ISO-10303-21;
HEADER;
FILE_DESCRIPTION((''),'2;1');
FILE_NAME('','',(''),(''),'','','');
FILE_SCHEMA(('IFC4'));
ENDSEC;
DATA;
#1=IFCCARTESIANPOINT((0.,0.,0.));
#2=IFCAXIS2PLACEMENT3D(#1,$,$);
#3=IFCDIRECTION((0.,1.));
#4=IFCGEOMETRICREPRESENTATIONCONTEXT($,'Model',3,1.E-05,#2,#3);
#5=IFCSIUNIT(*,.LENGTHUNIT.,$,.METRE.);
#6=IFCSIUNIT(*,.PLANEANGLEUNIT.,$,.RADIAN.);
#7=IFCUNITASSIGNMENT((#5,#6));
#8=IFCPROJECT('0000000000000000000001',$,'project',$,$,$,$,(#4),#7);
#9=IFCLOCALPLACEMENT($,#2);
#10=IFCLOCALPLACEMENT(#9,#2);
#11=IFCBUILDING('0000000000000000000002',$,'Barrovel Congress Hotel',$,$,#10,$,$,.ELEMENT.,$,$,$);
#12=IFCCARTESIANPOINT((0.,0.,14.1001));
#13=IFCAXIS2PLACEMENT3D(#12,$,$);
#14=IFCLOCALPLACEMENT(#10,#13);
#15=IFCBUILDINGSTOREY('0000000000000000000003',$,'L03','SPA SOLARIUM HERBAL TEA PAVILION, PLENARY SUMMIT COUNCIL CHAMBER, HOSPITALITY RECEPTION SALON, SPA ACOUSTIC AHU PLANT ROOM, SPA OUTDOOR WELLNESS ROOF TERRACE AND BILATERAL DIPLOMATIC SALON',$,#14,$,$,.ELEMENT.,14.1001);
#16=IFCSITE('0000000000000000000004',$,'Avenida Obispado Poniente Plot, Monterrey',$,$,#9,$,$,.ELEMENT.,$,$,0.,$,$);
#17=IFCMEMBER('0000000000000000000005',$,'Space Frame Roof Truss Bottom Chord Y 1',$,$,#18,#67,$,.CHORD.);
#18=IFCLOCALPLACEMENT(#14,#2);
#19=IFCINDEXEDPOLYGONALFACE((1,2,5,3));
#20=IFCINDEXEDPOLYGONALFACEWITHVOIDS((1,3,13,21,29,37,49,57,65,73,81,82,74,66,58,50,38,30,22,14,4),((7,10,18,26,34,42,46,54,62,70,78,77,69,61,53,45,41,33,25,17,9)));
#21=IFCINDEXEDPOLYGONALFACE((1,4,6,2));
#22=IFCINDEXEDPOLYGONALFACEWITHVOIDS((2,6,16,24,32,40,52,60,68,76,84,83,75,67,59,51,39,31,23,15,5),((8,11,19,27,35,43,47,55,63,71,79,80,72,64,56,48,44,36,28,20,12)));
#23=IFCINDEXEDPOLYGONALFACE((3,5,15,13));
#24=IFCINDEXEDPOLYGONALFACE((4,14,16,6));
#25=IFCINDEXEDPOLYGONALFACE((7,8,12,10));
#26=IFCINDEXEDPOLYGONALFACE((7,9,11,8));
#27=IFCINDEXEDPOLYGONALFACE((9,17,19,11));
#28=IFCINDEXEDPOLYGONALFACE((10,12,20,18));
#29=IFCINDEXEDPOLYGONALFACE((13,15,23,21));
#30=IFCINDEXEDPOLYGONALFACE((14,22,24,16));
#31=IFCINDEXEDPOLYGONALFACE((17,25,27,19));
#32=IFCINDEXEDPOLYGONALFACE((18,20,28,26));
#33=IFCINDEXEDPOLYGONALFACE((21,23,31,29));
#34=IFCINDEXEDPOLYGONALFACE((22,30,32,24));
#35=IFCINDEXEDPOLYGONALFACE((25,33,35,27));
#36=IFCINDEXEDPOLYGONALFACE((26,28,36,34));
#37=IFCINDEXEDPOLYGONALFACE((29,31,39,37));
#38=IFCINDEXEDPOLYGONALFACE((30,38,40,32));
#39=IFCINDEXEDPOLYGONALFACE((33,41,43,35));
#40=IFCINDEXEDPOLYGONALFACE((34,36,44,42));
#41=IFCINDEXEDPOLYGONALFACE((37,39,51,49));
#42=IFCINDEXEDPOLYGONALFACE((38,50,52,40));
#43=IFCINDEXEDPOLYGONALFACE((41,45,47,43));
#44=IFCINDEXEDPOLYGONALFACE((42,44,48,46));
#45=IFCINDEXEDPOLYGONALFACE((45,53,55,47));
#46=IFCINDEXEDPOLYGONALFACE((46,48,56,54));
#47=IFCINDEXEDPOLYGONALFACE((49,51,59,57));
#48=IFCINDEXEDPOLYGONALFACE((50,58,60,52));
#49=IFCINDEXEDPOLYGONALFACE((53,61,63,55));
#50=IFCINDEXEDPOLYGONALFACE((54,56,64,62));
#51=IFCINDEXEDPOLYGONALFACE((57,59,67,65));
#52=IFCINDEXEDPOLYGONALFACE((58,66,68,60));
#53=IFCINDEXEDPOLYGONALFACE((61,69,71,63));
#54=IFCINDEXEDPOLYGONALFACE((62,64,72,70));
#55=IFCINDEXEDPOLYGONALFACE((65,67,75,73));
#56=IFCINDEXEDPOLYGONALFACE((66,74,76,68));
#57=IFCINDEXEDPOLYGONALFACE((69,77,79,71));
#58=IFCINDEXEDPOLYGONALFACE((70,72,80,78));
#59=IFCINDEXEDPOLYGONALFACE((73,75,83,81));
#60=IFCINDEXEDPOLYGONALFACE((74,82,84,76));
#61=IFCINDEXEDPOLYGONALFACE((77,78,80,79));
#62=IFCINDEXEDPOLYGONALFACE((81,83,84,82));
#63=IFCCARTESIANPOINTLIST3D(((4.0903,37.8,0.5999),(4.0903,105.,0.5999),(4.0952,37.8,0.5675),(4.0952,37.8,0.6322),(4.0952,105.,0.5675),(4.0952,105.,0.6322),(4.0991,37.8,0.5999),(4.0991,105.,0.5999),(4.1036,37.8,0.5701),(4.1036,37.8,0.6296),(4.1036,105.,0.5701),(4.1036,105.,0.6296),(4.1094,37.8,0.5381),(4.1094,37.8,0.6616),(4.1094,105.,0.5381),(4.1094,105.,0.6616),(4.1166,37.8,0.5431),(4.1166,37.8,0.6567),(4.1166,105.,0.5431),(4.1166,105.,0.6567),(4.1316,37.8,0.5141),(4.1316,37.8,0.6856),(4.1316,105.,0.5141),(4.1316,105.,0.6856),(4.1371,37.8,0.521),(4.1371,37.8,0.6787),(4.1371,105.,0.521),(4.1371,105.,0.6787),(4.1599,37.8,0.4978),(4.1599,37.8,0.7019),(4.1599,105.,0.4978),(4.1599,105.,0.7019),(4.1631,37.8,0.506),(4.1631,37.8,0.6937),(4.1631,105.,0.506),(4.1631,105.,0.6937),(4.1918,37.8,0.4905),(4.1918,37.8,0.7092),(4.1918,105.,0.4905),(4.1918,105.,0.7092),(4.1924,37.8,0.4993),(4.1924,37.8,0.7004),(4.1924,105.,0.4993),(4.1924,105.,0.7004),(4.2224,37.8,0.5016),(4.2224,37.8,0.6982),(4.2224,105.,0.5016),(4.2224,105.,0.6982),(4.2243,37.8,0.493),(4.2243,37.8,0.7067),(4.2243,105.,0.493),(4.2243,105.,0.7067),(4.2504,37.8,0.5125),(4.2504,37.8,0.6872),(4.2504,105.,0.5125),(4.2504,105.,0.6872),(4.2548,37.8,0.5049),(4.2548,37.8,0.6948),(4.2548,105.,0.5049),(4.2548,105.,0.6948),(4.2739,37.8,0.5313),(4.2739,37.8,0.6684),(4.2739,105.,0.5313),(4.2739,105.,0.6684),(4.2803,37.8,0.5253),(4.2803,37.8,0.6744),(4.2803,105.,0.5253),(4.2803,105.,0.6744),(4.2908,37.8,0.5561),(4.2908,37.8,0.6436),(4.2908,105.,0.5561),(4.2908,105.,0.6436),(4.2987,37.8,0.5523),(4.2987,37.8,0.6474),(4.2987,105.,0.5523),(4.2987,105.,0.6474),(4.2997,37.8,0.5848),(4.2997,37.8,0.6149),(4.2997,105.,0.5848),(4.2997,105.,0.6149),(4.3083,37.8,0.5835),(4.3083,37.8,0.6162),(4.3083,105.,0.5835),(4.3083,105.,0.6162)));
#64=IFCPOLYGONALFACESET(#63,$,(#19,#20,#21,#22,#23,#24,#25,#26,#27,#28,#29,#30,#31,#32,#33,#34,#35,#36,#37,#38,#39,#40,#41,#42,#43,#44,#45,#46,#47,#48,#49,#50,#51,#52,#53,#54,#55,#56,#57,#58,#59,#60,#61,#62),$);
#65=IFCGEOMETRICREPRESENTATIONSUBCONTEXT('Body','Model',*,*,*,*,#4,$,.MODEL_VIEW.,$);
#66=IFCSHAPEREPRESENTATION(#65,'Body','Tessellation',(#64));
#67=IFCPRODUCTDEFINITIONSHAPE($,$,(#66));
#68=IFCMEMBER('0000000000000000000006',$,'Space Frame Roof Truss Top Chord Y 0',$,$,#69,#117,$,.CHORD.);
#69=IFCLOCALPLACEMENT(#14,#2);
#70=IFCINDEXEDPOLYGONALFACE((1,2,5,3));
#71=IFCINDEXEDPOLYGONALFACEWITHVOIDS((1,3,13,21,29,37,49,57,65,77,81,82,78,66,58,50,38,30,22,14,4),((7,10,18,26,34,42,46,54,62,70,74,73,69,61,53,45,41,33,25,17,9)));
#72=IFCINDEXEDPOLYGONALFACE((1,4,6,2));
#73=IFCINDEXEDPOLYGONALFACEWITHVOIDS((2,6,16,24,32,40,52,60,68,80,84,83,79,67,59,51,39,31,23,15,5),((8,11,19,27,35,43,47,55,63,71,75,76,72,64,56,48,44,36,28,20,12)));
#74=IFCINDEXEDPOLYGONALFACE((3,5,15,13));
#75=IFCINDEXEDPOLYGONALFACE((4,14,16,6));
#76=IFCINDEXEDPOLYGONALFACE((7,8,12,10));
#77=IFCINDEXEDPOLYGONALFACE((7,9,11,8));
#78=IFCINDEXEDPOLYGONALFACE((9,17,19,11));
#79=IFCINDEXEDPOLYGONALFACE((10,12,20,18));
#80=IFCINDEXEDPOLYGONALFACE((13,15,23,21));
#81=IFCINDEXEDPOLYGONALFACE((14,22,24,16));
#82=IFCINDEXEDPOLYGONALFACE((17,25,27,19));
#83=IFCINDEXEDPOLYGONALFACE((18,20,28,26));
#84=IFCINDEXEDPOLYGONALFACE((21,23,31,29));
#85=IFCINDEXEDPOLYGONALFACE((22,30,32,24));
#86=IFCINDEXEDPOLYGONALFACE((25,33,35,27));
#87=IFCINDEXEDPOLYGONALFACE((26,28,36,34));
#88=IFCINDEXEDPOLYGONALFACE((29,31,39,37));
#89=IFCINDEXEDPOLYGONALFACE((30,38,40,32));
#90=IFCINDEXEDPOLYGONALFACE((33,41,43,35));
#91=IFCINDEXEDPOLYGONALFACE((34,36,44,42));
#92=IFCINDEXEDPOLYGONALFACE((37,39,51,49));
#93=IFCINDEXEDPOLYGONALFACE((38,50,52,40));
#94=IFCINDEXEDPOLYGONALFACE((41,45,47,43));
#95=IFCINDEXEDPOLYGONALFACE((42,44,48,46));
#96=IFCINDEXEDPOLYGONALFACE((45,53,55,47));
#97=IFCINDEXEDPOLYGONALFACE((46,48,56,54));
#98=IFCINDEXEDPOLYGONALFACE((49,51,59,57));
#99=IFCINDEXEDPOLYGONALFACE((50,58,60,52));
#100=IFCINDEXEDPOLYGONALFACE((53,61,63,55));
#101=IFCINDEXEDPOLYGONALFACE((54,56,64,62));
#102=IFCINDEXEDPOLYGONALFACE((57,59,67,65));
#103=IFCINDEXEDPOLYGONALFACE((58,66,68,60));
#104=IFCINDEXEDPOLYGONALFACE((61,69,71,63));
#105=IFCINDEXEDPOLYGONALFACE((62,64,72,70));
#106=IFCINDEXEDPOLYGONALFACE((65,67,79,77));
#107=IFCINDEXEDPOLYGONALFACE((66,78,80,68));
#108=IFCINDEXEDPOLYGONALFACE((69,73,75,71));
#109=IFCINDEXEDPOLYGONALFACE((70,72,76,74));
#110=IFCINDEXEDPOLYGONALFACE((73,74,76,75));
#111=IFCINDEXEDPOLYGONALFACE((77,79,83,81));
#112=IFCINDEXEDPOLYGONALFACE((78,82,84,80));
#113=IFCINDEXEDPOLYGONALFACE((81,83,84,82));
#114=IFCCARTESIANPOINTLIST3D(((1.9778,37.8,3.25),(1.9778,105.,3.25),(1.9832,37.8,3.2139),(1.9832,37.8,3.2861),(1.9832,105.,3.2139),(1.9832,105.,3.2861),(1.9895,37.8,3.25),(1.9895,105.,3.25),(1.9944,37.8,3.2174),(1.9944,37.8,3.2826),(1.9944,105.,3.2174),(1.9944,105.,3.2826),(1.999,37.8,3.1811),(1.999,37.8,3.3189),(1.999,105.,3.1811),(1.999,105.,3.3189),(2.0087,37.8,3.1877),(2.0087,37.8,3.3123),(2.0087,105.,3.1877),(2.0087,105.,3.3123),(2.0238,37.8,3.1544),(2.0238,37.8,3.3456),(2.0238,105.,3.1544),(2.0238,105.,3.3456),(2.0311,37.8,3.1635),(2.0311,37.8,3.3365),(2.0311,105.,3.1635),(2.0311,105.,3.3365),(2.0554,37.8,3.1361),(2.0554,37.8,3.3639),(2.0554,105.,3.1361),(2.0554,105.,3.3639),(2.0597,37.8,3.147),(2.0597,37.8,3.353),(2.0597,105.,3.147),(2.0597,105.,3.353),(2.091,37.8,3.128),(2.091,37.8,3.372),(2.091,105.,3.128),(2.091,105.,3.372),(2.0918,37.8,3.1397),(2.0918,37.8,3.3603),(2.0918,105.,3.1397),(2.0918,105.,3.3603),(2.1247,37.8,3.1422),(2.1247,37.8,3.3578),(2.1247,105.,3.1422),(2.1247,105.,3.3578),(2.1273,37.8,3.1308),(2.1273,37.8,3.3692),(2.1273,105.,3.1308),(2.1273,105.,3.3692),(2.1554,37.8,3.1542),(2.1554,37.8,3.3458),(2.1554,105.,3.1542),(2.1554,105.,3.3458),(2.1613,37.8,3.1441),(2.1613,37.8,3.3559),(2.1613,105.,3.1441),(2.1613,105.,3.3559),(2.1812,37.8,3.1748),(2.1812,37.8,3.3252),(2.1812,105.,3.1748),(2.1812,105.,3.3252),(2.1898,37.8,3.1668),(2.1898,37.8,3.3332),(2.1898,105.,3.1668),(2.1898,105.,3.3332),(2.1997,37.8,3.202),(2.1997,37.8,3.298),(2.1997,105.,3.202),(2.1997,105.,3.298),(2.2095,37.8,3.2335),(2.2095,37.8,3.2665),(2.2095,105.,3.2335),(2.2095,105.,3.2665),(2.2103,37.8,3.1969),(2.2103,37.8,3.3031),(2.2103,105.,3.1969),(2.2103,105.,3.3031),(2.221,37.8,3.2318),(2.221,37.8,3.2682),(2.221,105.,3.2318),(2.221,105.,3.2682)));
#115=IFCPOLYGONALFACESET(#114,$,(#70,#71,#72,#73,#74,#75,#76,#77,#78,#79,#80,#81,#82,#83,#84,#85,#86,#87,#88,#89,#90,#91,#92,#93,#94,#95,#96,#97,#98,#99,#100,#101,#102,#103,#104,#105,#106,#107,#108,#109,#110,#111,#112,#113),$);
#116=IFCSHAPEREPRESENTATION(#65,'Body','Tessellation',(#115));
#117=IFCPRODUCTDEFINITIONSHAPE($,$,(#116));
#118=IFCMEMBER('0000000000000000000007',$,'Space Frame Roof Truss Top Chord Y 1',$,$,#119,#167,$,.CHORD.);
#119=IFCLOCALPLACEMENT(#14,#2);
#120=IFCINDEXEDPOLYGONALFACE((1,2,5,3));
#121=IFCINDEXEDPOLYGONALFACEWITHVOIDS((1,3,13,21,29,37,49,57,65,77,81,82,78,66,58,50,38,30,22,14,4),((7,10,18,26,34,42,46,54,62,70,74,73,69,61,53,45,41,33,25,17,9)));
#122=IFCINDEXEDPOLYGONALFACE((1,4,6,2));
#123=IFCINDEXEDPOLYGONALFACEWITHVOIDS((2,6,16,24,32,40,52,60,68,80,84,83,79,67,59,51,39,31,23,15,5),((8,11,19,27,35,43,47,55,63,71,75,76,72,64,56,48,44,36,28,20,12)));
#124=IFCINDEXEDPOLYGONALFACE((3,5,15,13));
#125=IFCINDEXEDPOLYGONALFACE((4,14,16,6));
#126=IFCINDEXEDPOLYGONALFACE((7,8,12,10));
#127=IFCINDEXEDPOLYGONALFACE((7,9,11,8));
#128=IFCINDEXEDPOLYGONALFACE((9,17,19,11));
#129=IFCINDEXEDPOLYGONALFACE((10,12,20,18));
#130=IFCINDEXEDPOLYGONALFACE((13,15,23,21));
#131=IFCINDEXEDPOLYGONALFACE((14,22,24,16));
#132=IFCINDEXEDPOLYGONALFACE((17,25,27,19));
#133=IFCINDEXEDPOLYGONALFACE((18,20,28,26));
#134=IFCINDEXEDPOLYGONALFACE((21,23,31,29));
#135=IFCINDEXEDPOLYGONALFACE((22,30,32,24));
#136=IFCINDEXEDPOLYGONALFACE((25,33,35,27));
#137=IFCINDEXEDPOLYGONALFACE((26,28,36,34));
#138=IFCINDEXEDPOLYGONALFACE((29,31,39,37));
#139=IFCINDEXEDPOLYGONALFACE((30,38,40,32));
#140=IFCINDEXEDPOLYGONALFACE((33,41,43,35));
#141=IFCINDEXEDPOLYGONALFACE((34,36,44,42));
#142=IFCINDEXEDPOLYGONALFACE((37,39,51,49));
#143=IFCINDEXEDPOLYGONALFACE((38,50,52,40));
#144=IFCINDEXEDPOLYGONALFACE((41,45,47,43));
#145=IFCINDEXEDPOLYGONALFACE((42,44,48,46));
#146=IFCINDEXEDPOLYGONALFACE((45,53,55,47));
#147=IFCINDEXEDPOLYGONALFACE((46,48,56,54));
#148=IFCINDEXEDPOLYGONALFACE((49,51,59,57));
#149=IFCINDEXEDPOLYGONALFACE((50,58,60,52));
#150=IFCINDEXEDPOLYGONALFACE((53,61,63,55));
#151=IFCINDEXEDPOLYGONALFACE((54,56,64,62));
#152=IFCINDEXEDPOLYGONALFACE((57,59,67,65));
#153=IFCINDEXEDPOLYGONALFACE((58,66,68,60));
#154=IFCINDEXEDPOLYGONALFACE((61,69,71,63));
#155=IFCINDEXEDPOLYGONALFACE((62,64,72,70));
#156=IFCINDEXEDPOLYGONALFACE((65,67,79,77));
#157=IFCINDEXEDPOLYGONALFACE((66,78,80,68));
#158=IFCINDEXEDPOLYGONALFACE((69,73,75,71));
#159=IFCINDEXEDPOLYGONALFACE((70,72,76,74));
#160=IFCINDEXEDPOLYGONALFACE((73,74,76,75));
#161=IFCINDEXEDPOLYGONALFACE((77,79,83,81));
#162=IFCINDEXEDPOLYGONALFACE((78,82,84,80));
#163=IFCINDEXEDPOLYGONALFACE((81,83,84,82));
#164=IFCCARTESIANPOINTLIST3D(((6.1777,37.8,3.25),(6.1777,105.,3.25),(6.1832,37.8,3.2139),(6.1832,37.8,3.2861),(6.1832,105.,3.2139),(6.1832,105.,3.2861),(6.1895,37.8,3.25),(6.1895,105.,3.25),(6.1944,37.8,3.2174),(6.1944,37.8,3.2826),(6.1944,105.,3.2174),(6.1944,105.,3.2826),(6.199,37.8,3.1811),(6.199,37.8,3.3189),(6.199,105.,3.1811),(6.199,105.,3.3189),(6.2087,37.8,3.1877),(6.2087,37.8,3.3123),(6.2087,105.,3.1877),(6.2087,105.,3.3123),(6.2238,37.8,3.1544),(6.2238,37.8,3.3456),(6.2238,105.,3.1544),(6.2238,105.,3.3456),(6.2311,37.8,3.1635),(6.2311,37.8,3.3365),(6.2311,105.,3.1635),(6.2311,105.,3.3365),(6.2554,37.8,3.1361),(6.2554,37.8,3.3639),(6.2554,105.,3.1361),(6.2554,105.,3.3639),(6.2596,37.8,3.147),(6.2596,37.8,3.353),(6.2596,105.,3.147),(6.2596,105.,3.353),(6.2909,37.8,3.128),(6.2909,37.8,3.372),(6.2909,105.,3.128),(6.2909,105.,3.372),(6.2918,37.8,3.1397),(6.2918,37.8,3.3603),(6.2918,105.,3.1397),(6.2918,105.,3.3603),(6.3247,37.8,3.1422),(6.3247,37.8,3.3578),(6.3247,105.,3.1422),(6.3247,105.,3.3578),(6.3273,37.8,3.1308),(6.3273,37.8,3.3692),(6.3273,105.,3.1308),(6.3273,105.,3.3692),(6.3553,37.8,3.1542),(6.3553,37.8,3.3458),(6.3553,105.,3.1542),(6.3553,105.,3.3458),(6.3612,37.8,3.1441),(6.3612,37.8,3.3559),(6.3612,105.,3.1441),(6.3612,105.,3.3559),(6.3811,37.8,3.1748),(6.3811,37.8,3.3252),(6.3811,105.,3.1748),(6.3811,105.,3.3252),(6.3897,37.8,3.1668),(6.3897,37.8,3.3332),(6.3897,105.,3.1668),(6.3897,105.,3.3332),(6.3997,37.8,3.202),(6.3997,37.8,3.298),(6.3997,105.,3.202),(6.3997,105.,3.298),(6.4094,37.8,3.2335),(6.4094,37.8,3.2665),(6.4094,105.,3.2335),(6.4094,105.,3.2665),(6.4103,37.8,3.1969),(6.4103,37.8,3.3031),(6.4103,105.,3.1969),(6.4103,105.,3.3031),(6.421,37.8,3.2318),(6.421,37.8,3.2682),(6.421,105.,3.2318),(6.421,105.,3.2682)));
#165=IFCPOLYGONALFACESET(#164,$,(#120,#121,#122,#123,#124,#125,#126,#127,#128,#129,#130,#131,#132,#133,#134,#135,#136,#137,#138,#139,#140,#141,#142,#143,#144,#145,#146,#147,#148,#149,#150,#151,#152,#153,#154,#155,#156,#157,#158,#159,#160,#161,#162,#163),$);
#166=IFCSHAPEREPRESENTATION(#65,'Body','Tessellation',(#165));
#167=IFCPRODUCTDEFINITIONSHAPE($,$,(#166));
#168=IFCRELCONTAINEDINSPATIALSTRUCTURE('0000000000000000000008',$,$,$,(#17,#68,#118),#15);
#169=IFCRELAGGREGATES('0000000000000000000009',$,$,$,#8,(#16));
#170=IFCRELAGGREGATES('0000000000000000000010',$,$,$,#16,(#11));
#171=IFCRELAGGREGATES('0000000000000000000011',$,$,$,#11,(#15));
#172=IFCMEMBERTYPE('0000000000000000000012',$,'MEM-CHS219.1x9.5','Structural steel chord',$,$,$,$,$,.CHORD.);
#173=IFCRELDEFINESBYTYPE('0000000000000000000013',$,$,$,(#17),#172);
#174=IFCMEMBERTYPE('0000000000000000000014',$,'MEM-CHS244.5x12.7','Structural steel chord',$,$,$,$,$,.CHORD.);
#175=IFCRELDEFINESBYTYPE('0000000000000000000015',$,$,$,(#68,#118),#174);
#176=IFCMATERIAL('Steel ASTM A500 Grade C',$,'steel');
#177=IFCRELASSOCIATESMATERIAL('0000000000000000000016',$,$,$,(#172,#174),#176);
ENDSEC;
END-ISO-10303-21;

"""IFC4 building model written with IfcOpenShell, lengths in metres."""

from ifc_helpers import new_model, si_unit, direction, frame, origin, origin_2d, place, context, subcontext, project, spatial, hollow_circle, extrude, material, material_profile, profile_set, type_object, element, save


model = new_model("IFC4")

# Units and contexts
model_context = context("Model", 3, precision=1e-05, world=origin(), true_north=direction((0.0, 1.0)))
body_context = subcontext(model_context, "Body", "Model", "MODEL_VIEW")
ifc_project = project(units=[si_unit("LENGTHUNIT", "METRE"), si_unit("PLANEANGLEUNIT", "RADIAN")], contexts=[model_context])

# Site, building, storey
site_placement = place(None, origin())
site = spatial("IfcSite", under=ifc_project, at=site_placement, Name="Avenida Obispado Poniente Plot, Monterrey", CompositionType="ELEMENT", RefElevation=0.0)
building_placement = place(site_placement, origin())
building = spatial("IfcBuilding", under=site, at=building_placement, Name="Barrovel Congress Hotel", CompositionType="ELEMENT")
storey_placement = place(building_placement, frame((0.0, 0.0, 14.1001)))
storey = spatial("IfcBuildingStorey", under=building, at=storey_placement, Name="L03", Description="SPA SOLARIUM HERBAL TEA PAVILION, PLENARY SUMMIT COUNCIL CHAMBER, HOSPITALITY RECEPTION SALON, SPA ACOUSTIC AHU PLANT ROOM, SPA OUTDOOR WELLNESS ROOF TERRACE AND BILATERAL DIPLOMATIC SALON", CompositionType="ELEMENT", Elevation=14.1001)

# Members
ifc_material_1 = material(Name="Steel ASTM A500 Grade C", Category="steel")
ifc_material_profile_1 = material_profile(ifc_material_1, hollow_circle(Radius=0.1096, WallThickness=0.0088, at=origin_2d()), Name="CHS219.1x9.5")
ifc_profile_set_1 = profile_set([ifc_material_profile_1], Name="Steel ASTM A500 Grade C")
member_type_1 = type_object("IfcMemberType", Name="MEM-CHS219.1x9.5", Description="Structural steel chord", PredefinedType="CHORD", material=ifc_profile_set_1)
member_placement = place(storey_placement, frame((4.2, 37.8, 0.5999), z_axis=(0.0, 1.0, 0.0), x_axis=(-1.0, 0.0, 0.0)))
element("IfcMember", 1, at=member_placement, inside=storey, type_object=member_type_1, Name="Space Frame Roof Truss Bottom Chord Y 1", PredefinedType="CHORD", context=body_context, shape_type="SweptSolid", body=[
    extrude(hollow_circle(Radius=0.1096, WallThickness=0.0088, at=origin_2d()), origin(), (0.0, 0.0, 1.0), 67.2),
])
ifc_material_profile_2 = material_profile(ifc_material_1, hollow_circle(Radius=0.1223, WallThickness=0.0117, at=origin_2d()), Name="CHS244.5x12.7")
ifc_profile_set_2 = profile_set([ifc_material_profile_2], Name="Steel ASTM A500 Grade C")
member_type_2 = type_object("IfcMemberType", Name="MEM-CHS244.5x12.7", Description="Structural steel chord", PredefinedType="CHORD", material=ifc_profile_set_2)
for number, where, z_axis, x_axis, name in (
    (2, (2.1001, 37.8, 3.25), (0.0, 1.0, 0.0), (-1.0, 0.0, 0.0), "Space Frame Roof Truss Top Chord Y 0"),
    (3, (6.3, 37.8, 3.25), (0.0, 1.0, 0.0), (-1.0, 0.0, 0.0), "Space Frame Roof Truss Top Chord Y 1"),
):
    element("IfcMember", number, at=place(storey_placement, frame(where, z_axis=z_axis, x_axis=x_axis)), inside=storey, type_object=member_type_2, Name=name, PredefinedType="CHORD", context=body_context, shape_type="SweptSolid", body=[
        extrude(hollow_circle(Radius=0.1223, WallThickness=0.0117, at=origin_2d()), origin(), (0.0, 0.0, 1.0), 67.2),
    ])

save(model, "model.ifc")
